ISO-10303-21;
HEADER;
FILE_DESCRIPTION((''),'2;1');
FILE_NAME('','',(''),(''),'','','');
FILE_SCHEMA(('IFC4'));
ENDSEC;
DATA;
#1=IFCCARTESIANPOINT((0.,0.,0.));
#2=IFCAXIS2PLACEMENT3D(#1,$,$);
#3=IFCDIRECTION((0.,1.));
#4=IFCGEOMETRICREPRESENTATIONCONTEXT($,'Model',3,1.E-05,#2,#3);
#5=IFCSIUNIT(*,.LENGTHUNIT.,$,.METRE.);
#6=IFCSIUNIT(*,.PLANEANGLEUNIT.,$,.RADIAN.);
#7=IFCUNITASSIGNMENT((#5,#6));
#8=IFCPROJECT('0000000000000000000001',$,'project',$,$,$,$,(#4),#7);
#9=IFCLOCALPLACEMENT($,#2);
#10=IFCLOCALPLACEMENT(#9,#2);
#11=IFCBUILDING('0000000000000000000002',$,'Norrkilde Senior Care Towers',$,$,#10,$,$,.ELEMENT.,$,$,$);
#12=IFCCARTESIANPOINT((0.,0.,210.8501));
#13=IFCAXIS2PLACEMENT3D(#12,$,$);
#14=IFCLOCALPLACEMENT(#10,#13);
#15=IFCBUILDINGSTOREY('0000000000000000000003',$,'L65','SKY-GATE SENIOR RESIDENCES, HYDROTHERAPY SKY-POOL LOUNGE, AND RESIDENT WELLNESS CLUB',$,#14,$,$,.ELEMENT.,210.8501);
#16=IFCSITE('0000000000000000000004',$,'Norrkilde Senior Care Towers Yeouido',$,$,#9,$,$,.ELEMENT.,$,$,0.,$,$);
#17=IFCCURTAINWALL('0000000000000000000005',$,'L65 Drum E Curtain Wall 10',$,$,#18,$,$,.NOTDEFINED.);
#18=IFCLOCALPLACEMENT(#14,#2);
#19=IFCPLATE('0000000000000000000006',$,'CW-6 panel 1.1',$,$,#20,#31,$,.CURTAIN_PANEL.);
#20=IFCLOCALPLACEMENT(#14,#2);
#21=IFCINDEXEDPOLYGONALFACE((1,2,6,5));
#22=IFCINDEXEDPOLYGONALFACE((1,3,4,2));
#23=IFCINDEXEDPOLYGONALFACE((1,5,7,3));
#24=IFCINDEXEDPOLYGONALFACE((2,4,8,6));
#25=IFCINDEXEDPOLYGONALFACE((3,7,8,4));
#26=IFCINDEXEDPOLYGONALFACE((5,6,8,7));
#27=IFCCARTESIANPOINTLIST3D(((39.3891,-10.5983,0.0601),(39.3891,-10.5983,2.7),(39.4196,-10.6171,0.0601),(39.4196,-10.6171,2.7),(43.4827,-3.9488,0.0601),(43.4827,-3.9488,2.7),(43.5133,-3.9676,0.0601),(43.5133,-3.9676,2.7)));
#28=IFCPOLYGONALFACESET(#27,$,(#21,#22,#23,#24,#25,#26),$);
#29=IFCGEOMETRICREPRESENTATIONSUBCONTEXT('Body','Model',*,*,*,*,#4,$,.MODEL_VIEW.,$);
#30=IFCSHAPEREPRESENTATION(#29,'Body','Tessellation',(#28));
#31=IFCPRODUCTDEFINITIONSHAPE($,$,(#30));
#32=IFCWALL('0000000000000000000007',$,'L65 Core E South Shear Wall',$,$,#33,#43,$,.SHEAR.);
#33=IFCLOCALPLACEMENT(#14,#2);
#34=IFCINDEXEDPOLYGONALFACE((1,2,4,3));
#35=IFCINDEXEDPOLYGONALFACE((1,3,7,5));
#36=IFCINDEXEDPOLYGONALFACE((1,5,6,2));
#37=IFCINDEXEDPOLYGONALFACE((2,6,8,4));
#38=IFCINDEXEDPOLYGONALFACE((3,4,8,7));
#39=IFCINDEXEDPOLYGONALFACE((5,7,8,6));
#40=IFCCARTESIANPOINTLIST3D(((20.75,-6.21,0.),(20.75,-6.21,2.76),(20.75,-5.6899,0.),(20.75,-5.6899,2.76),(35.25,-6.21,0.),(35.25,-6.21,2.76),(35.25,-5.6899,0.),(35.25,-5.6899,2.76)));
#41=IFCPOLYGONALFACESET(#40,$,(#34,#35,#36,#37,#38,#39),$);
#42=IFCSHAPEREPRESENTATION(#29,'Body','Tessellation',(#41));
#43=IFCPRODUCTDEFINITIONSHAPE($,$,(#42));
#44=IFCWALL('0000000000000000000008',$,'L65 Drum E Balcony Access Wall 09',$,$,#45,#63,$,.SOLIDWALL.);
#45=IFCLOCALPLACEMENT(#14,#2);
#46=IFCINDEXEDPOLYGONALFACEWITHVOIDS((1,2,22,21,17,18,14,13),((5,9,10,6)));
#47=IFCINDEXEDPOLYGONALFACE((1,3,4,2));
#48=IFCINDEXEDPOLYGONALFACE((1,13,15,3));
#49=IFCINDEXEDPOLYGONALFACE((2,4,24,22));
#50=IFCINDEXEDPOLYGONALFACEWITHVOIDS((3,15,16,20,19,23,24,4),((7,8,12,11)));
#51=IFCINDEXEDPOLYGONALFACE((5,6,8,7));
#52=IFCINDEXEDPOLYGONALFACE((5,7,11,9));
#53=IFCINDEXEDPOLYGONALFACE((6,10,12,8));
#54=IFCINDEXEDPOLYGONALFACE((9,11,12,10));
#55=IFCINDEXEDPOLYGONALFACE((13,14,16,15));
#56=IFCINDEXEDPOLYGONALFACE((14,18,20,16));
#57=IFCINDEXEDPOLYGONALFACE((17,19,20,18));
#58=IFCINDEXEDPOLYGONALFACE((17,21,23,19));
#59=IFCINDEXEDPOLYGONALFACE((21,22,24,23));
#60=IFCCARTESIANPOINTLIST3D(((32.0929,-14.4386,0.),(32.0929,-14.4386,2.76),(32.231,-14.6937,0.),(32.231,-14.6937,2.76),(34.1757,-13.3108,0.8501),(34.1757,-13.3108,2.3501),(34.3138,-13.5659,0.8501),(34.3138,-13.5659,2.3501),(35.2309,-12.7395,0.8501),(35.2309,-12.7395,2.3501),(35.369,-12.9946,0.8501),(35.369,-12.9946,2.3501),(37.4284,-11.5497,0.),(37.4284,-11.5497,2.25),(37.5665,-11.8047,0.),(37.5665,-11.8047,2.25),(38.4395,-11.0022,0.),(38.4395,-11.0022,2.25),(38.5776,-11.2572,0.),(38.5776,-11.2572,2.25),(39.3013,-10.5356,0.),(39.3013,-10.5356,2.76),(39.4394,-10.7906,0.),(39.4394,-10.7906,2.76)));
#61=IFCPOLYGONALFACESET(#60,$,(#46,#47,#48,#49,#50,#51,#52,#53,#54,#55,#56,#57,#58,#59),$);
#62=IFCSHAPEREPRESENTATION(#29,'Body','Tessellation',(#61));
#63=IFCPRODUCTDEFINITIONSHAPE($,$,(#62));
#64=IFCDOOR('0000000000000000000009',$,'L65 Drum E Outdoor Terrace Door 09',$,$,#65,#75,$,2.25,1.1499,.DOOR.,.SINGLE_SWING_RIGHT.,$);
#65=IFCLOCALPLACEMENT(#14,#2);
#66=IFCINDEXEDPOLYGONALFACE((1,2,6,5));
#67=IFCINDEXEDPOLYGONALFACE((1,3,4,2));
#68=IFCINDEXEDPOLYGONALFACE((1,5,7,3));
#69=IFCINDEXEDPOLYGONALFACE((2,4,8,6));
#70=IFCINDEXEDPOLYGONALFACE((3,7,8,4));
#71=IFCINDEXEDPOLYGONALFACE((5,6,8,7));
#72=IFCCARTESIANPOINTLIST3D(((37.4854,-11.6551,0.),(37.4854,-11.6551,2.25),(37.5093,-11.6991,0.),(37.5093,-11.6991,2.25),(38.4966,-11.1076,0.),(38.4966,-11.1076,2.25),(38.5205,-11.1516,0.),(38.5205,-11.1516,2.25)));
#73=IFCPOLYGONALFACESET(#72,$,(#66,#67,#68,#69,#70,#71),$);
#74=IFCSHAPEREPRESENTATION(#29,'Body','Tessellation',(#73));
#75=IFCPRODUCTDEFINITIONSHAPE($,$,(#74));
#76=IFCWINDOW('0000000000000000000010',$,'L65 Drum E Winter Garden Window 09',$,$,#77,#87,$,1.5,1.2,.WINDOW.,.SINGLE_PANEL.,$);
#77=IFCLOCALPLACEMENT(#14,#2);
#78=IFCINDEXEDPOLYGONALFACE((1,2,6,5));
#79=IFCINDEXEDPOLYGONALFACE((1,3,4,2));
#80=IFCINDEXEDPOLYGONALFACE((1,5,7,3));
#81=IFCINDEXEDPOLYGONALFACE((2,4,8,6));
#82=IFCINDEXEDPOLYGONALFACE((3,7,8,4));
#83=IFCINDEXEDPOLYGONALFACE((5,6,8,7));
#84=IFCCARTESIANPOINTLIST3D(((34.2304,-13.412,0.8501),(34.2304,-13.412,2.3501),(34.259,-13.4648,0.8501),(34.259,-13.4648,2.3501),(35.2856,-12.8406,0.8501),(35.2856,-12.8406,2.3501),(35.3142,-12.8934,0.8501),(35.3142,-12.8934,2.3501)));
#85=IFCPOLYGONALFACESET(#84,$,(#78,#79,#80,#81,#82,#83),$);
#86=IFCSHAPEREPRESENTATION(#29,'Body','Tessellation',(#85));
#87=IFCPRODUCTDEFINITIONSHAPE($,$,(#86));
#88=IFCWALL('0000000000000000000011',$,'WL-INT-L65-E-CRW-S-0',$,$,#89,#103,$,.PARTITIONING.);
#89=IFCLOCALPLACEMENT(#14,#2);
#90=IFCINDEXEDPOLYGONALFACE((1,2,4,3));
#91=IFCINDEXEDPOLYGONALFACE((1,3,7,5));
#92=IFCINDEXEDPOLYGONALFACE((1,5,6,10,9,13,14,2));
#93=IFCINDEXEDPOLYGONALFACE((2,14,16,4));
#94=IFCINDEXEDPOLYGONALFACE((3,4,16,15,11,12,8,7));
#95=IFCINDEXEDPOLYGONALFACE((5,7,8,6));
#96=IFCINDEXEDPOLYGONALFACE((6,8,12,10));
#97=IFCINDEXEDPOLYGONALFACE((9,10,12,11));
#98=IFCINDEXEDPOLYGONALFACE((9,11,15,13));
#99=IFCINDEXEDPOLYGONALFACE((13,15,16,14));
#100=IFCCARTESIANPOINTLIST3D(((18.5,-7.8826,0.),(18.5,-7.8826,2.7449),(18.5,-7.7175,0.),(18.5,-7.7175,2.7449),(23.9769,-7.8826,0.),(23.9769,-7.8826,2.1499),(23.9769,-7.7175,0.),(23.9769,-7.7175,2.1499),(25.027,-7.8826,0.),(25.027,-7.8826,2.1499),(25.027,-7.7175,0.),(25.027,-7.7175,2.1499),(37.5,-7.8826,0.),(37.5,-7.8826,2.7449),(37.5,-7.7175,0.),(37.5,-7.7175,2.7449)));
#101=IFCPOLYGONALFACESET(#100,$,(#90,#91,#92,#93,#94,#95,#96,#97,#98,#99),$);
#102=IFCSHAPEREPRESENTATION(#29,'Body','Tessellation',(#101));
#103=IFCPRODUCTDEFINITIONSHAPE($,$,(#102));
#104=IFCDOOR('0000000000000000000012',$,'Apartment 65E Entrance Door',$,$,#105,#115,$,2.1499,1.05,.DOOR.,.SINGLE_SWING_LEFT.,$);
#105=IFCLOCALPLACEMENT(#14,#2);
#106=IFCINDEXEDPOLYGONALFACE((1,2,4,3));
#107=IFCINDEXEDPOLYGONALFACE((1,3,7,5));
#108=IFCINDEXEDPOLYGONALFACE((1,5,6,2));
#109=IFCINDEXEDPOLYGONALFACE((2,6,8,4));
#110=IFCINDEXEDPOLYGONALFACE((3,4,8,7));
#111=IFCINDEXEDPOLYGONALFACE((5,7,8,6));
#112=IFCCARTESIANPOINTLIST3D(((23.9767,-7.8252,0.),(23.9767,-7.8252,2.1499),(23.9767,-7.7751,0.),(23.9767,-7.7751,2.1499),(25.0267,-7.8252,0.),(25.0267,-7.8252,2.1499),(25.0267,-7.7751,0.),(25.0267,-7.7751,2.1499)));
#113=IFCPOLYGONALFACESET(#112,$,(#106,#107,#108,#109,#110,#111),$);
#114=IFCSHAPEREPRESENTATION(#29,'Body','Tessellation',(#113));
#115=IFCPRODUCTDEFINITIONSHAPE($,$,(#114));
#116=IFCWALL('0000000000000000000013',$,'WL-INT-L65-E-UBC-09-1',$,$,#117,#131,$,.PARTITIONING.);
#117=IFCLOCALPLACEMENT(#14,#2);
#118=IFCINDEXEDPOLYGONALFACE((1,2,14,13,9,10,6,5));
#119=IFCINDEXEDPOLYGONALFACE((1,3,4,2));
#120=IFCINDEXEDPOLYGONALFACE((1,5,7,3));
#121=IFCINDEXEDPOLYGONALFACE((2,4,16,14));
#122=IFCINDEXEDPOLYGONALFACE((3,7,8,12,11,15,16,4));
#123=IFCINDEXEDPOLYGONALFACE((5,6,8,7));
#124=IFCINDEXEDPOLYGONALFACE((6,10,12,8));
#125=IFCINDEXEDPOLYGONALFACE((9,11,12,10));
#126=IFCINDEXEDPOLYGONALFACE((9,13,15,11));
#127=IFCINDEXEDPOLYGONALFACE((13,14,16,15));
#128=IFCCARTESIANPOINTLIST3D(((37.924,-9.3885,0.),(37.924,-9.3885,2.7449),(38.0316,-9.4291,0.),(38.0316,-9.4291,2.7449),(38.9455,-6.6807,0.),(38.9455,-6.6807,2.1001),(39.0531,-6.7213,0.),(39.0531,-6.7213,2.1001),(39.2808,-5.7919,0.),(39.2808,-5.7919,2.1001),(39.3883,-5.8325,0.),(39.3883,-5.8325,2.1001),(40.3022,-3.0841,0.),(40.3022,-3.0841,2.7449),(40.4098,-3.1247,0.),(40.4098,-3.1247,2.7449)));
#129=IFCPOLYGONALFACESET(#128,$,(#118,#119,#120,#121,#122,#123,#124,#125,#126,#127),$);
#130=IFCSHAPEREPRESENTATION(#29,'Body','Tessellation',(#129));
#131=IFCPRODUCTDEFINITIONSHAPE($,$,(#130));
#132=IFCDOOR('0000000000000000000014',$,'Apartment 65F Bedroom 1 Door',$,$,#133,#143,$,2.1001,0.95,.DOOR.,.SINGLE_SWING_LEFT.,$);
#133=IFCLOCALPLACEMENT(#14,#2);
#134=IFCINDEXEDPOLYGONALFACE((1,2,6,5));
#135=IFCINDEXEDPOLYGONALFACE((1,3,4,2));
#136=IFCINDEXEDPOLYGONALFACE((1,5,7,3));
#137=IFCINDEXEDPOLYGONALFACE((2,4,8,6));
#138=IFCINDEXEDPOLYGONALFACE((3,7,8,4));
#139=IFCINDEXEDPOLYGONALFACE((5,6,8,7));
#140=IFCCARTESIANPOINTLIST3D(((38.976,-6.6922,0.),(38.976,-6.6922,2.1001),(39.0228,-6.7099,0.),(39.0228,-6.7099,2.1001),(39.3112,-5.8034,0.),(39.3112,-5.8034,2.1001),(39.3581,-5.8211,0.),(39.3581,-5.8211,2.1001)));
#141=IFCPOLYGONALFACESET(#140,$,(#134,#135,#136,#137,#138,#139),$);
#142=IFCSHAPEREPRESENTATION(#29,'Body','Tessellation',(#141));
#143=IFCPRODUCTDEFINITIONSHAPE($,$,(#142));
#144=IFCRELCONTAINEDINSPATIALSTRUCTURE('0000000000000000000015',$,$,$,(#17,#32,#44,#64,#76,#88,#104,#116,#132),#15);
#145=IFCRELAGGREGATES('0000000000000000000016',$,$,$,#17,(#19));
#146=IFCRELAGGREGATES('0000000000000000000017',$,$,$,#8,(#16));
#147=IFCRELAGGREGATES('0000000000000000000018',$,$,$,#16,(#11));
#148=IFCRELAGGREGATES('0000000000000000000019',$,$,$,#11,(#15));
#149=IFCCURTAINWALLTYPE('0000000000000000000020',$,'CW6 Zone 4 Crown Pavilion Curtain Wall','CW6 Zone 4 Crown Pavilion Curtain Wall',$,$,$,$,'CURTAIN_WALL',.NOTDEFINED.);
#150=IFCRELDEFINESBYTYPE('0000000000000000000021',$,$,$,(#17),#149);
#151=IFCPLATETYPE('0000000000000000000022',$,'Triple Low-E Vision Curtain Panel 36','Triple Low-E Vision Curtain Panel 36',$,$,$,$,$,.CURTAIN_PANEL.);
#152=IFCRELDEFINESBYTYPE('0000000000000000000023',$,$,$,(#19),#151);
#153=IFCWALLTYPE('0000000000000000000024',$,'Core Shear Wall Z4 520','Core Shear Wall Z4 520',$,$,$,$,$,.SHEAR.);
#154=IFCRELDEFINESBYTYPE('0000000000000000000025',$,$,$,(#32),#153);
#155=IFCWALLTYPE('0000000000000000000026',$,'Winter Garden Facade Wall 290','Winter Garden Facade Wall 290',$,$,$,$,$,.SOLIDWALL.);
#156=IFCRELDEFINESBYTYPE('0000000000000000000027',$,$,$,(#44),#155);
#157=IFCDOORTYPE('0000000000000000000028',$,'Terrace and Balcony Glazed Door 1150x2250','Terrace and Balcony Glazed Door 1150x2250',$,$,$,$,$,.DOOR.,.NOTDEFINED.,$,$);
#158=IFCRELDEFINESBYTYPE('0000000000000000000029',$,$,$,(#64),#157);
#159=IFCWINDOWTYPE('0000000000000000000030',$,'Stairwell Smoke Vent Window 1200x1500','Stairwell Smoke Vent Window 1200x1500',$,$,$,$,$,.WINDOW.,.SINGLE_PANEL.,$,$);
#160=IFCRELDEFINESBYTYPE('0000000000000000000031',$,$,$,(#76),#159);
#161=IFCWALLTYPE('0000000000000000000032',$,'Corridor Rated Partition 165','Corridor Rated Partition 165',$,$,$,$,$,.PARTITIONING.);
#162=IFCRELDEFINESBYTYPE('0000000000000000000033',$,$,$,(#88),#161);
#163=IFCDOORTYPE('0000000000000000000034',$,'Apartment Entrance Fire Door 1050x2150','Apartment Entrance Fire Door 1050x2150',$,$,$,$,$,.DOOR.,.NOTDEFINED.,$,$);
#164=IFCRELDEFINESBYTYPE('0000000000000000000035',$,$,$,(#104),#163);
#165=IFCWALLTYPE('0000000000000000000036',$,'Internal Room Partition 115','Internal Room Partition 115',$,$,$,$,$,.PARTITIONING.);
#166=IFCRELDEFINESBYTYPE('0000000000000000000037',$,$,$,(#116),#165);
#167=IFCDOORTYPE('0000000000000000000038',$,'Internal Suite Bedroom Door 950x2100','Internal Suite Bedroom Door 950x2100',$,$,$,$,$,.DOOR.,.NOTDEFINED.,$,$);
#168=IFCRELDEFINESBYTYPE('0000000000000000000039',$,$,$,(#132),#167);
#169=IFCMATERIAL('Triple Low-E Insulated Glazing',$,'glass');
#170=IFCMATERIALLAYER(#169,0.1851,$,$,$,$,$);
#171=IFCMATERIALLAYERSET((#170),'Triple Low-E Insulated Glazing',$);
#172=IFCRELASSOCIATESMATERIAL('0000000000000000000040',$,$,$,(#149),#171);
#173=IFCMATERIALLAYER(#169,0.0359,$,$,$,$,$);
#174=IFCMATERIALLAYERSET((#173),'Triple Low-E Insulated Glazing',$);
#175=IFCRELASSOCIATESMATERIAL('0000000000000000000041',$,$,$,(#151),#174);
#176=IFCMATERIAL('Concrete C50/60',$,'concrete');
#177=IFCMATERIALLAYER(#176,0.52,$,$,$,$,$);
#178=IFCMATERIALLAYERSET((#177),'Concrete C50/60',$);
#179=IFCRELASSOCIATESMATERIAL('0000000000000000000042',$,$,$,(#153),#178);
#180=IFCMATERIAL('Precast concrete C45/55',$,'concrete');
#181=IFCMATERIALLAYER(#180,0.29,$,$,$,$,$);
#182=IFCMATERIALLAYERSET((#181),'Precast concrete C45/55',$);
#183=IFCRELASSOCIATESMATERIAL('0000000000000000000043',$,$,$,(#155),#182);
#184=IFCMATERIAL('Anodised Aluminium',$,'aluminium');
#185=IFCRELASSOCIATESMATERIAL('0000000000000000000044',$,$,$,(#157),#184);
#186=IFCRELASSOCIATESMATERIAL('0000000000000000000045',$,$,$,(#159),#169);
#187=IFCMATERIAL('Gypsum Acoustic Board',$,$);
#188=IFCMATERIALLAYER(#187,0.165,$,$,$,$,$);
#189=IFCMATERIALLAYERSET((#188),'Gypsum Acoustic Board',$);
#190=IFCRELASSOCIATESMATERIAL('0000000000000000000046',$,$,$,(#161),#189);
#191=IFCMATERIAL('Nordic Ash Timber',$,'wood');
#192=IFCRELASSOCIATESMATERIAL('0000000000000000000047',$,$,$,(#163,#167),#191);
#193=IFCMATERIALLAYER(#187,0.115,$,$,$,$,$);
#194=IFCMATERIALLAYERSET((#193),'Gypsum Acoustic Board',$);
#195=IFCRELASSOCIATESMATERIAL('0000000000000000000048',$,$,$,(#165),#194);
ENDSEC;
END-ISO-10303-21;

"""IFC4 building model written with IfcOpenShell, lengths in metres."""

from ifc_helpers import new_model, si_unit, direction, frame, frame_2d, origin, origin_2d, place, context, subcontext, project, spatial, rectangle, extrude, source, transform, mapped, material, layer, layer_set, type_object, type_shapes, element, fill, aggregate, save


model = new_model("IFC4")

# Units and contexts
model_context = context("Model", 3, precision=1e-05, world=origin(), true_north=direction((0.0, 1.0)))
body_context = subcontext(model_context, "Body", "Model", "MODEL_VIEW")
ifc_project = project(units=[si_unit("LENGTHUNIT", "METRE"), si_unit("PLANEANGLEUNIT", "RADIAN")], contexts=[model_context])

# Site, building, storey
site_placement = place(None, origin())
site = spatial("IfcSite", under=ifc_project, at=site_placement, Name="Norrkilde Senior Care Towers Yeouido", CompositionType="ELEMENT", RefElevation=0.0)
building_placement = place(site_placement, origin())
building = spatial("IfcBuilding", under=site, at=building_placement, Name="Norrkilde Senior Care Towers", CompositionType="ELEMENT")
storey_placement = place(building_placement, frame((0.0, 0.0, 210.8501)))
storey = spatial("IfcBuildingStorey", under=building, at=storey_placement, Name="L65", Description="SKY-GATE SENIOR RESIDENCES, HYDROTHERAPY SKY-POOL LOUNGE, AND RESIDENT WELLNESS CLUB", CompositionType="ELEMENT", Elevation=210.8501)

# Shared definitions
ifc_material_1 = material(Name="Concrete C50/60", Category="concrete")

# Curtain wall, plate
ifc_material_2 = material(Name="Triple Low-E Insulated Glazing", Category="glass")
ifc_layer_1 = layer(ifc_material_2, 0.1851)
ifc_layer_set_1 = layer_set([ifc_layer_1], Name="Triple Low-E Insulated Glazing")
curtain_wall_type = type_object("IfcCurtainWallType", Name="CW6 Zone 4 Crown Pavilion Curtain Wall", Description="CW6 Zone 4 Crown Pavilion Curtain Wall", ElementType="CURTAIN_WALL", PredefinedType="NOTDEFINED", material=ifc_layer_set_1)
curtain_wall_placement = place(storey_placement, origin())
curtain_wall = element("IfcCurtainWall", 1, at=curtain_wall_placement, inside=storey, type_object=curtain_wall_type, Name="L65 Drum E Curtain Wall 10", PredefinedType="NOTDEFINED")
ifc_material_3 = material(Name="Anodised Aluminium", Category="aluminium")
ifc_layer_2 = layer(ifc_material_2, 0.0359)
ifc_layer_set_2 = layer_set([ifc_layer_2], Name="Triple Low-E Insulated Glazing")
plate_type = type_object("IfcPlateType", Name="Triple Low-E Vision Curtain Panel 36", Description="Triple Low-E Vision Curtain Panel 36", PredefinedType="CURTAIN_PANEL", material=ifc_layer_set_2)
shared_shape_1 = source(origin(), body_context, "Body", "SweptSolid", [
    extrude(rectangle(XDim=7.8086, YDim=0.0359, at=origin_2d()), origin(), (0.0, 0.0, 1.0), 2.6399),
])
type_shapes(plate_type, [shared_shape_1])
plate_placement = place(storey_placement, frame((41.4512, -7.283, 0.0601), z_axis=(0.0, 0.0, 1.0), x_axis=(-0.524253, -0.851563, 0.0)))
plate = element("IfcPlate", 2, at=plate_placement, type_object=plate_type, Name="CW-6 panel 1.1", PredefinedType="CURTAIN_PANEL", context=body_context, shape_type="MappedRepresentation", body=[
    mapped(shared_shape_1, transform((0.0, 0.0, 0.0), x_axis=(1.0, 0.0, 0.0), y_axis=(0.0, 1.0, 0.0), z_axis=(0.0, 0.0, 1.0), scale=1.0)),
])
aggregate(curtain_wall, [plate])

# Wall
ifc_layer_3 = layer(ifc_material_1, 0.52)
ifc_layer_set_3 = layer_set([ifc_layer_3], Name="Concrete C50/60")
wall_type_1 = type_object("IfcWallType", Name="Core Shear Wall Z4 520", Description="Core Shear Wall Z4 520", PredefinedType="SHEAR", material=ifc_layer_set_3)
shared_shape_2 = source(origin(), body_context, "Body", "SweptSolid", [
    extrude(rectangle(XDim=14.5, YDim=0.52, at=frame_2d((7.25, 0.0))), origin(), (0.0, 0.0, 1.0), 2.76),
])
type_shapes(wall_type_1, [shared_shape_2])
wall_1_placement = place(storey_placement, frame((35.25, -5.95, 0.0), z_axis=(0.0, 0.0, 1.0), x_axis=(-1.0, 0.0, 0.0)))
element("IfcWall", 3, at=wall_1_placement, inside=storey, type_object=wall_type_1, Name="L65 Core E South Shear Wall", PredefinedType="SHEAR", context=body_context, shape_type="MappedRepresentation", body=[
    mapped(shared_shape_2, transform((0.0, 0.0, 0.0), x_axis=(1.0, 0.0, 0.0), y_axis=(0.0, 1.0, 0.0), z_axis=(0.0, 0.0, 1.0), scale=1.0)),
])

# Wall, openings, door, window
ifc_material_4 = material(Name="Precast concrete C45/55", Category="concrete")
ifc_layer_4 = layer(ifc_material_4, 0.29)
ifc_layer_set_4 = layer_set([ifc_layer_4], Name="Precast concrete C45/55")
wall_type_2 = type_object("IfcWallType", Name="Winter Garden Facade Wall 290", Description="Winter Garden Facade Wall 290", PredefinedType="SOLIDWALL", material=ifc_layer_set_4)
shared_shape_3 = source(origin(), body_context, "Body", "SweptSolid", [
    extrude(rectangle(XDim=8.1973, YDim=0.29, at=frame_2d((4.0986, 0.0))), origin(), (0.0, 0.0, 1.0), 2.76),
])
type_shapes(wall_type_2, [shared_shape_3])
wall_2_placement = place(storey_placement, frame((39.3704, -10.6631, 0.0), z_axis=(0.0, 0.0, 1.0), x_axis=(-0.87937, -0.476139, 0.0)))
wall_2 = element("IfcWall", 4, at=wall_2_placement, inside=storey, type_object=wall_type_2, Name="L65 Drum E Balcony Access Wall 09", PredefinedType="SOLIDWALL", context=body_context, shape_type="MappedRepresentation", body=[
    mapped(shared_shape_3, transform((0.0, 0.0, 0.0), x_axis=(1.0, 0.0, 0.0), y_axis=(0.0, 1.0, 0.0), z_axis=(0.0, 0.0, 1.0), scale=1.0)),
])
opening_1_placement = place(wall_2_placement, frame((0.98, 0.0, 0.0)))
opening_1 = element("IfcOpeningElement", 5, at=opening_1_placement, cuts=wall_2, PredefinedType="OPENING", context=body_context, shape_type="SweptSolid", body=[
    extrude(rectangle(XDim=1.1499, YDim=2.25, at=frame_2d((0.575, 1.125))), frame((0.0, 0.155, 0.0), z_axis=(0.0, -1.0, 0.0), x_axis=(1.0, 0.0, 0.0)), (0.0, 0.0, 1.0), 0.3101),
])
opening_2_placement = place(wall_2_placement, frame((4.6287, 0.0, 0.8501)))
opening_2 = element("IfcOpeningElement", 6, at=opening_2_placement, cuts=wall_2, PredefinedType="OPENING", context=body_context, shape_type="SweptSolid", body=[
    extrude(rectangle(XDim=1.2, YDim=1.5, at=frame_2d((0.6001, 0.75))), frame((0.0, 0.155, 0.0), z_axis=(0.0, -1.0, 0.0), x_axis=(1.0, 0.0, 0.0)), (0.0, 0.0, 1.0), 0.3101),
])
door_type_1 = type_object("IfcDoorType", Name="Terrace and Balcony Glazed Door 1150x2250", Description="Terrace and Balcony Glazed Door 1150x2250", OperationType="NOTDEFINED", PredefinedType="DOOR", material=ifc_material_3)
shared_shape_4 = source(origin(), body_context, "Body", "SweptSolid", [
    extrude(rectangle(XDim=1.1499, YDim=2.25, at=frame_2d((0.575, 1.125))), frame((0.0, 0.0249, 0.0), z_axis=(0.0, -1.0, 0.0), x_axis=(1.0, 0.0, 0.0)), (0.0, 0.0, 1.0), 0.05),
])
type_shapes(door_type_1, [shared_shape_4])
door_1_placement = place(opening_1_placement, origin())
door_1 = element("IfcDoor", 7, at=door_1_placement, inside=storey, type_object=door_type_1, Name="L65 Drum E Outdoor Terrace Door 09", OperationType="SINGLE_SWING_RIGHT", OverallHeight=2.25, OverallWidth=1.1499, PredefinedType="DOOR", context=body_context, shape_type="MappedRepresentation", body=[
    mapped(shared_shape_4, transform((0.0, 0.0, 0.0), x_axis=(1.0, 0.0, 0.0), y_axis=(0.0, 1.0, 0.0), z_axis=(0.0, 0.0, 1.0), scale=1.0)),
])
fill(opening_1, door_1)
window_type = type_object("IfcWindowType", Name="Stairwell Smoke Vent Window 1200x1500", Description="Stairwell Smoke Vent Window 1200x1500", PartitioningType="SINGLE_PANEL", PredefinedType="WINDOW", material=ifc_material_2)
shared_shape_5 = source(origin(), body_context, "Body", "SweptSolid", [
    extrude(rectangle(XDim=1.2, YDim=1.5, at=frame_2d((0.6001, 0.75))), frame((0.0, 0.03, 0.0), z_axis=(0.0, -1.0, 0.0), x_axis=(1.0, 0.0, 0.0)), (0.0, 0.0, 1.0), 0.0601),
])
type_shapes(window_type, [shared_shape_5])
window_placement = place(opening_2_placement, origin())
window = element("IfcWindow", 8, at=window_placement, inside=storey, type_object=window_type, Name="L65 Drum E Winter Garden Window 09", OverallHeight=1.5, OverallWidth=1.2, PartitioningType="SINGLE_PANEL", PredefinedType="WINDOW", context=body_context, shape_type="MappedRepresentation", body=[
    mapped(shared_shape_5, transform((0.0, 0.0, 0.0), x_axis=(1.0, 0.0, 0.0), y_axis=(0.0, 1.0, 0.0), z_axis=(0.0, 0.0, 1.0), scale=1.0)),
])
fill(opening_2, window)

# Walls, openings, doors
ifc_material_5 = material(Name="Gypsum Acoustic Board")
ifc_layer_5 = layer(ifc_material_5, 0.165)
ifc_layer_set_5 = layer_set([ifc_layer_5], Name="Gypsum Acoustic Board")
wall_type_3 = type_object("IfcWallType", Name="Corridor Rated Partition 165", Description="Corridor Rated Partition 165", PredefinedType="PARTITIONING", material=ifc_layer_set_5)
shared_shape_6 = source(origin(), body_context, "Body", "SweptSolid", [
    extrude(rectangle(XDim=19.0, YDim=0.165, at=frame_2d((9.5, 0.0))), origin(), (0.0, 0.0, 1.0), 2.7449),
])
type_shapes(wall_type_3, [shared_shape_6])
wall_3_placement = place(storey_placement, frame((37.5, -7.8, 0.0), z_axis=(0.0, 0.0, 1.0), x_axis=(-1.0, 0.0, 0.0)))
wall_3 = element("IfcWall", 9, at=wall_3_placement, inside=storey, type_object=wall_type_3, Name="WL-INT-L65-E-CRW-S-0", PredefinedType="PARTITIONING", context=body_context, shape_type="MappedRepresentation", body=[
    mapped(shared_shape_6, transform((0.0, 0.0, 0.0), x_axis=(1.0, 0.0, 0.0), y_axis=(0.0, 1.0, 0.0), z_axis=(0.0, 0.0, 1.0), scale=1.0)),
])
opening_3_placement = place(wall_3_placement, frame((12.4731, 0.0, 0.0)))
opening_3 = element("IfcOpeningElement", 10, at=opening_3_placement, cuts=wall_3, PredefinedType="OPENING", context=body_context, shape_type="SweptSolid", body=[
    extrude(rectangle(XDim=1.05, YDim=2.1499, at=frame_2d((0.5249, 1.075))), frame((0.0, 0.0925, 0.0), z_axis=(0.0, -1.0, 0.0), x_axis=(1.0, 0.0, 0.0)), (0.0, 0.0, 1.0), 0.1851),
])
ifc_material_6 = material(Name="Nordic Ash Timber", Category="wood")
door_type_2 = type_object("IfcDoorType", Name="Apartment Entrance Fire Door 1050x2150", Description="Apartment Entrance Fire Door 1050x2150", OperationType="NOTDEFINED", PredefinedType="DOOR", material=ifc_material_6)
shared_shape_7 = source(origin(), body_context, "Body", "SweptSolid", [
    extrude(rectangle(XDim=1.05, YDim=2.1499, at=frame_2d((0.5249, 1.075))), frame((0.0, 0.0249, 0.0), z_axis=(0.0, -1.0, 0.0), x_axis=(1.0, 0.0, 0.0)), (0.0, 0.0, 1.0), 0.05),
])
type_shapes(door_type_2, [shared_shape_7])
door_2_placement = place(opening_3_placement, frame((1.05, 0.0, 0.0), z_axis=(0.0, 0.0, 1.0), x_axis=(-1.0, 0.0, 0.0)))
door_2 = element("IfcDoor", 11, at=door_2_placement, inside=storey, type_object=door_type_2, Name="Apartment 65E Entrance Door", OperationType="SINGLE_SWING_LEFT", OverallHeight=2.1499, OverallWidth=1.05, PredefinedType="DOOR", context=body_context, shape_type="MappedRepresentation", body=[
    mapped(shared_shape_7, transform((0.0, 0.0, 0.0), x_axis=(1.0, 0.0, 0.0), y_axis=(0.0, 1.0, 0.0), z_axis=(0.0, 0.0, 1.0), scale=1.0)),
])
fill(opening_3, door_2)
ifc_layer_6 = layer(ifc_material_5, 0.115)
ifc_layer_set_6 = layer_set([ifc_layer_6], Name="Gypsum Acoustic Board")
wall_type_4 = type_object("IfcWallType", Name="Internal Room Partition 115", Description="Internal Room Partition 115", PredefinedType="PARTITIONING", material=ifc_layer_set_6)
shared_shape_8 = source(origin(), body_context, "Body", "SweptSolid", [
    extrude(rectangle(XDim=6.738, YDim=0.115, at=frame_2d((3.3691, 0.0))), origin(), (0.0, 0.0, 1.0), 2.7449),
])
wall_4_placement = place(storey_placement, frame((37.9778, -9.4089, 0.0), z_axis=(0.0, 0.0, 1.0), x_axis=(0.352945, 0.935644, 0.0)))
wall_4 = element("IfcWall", 12, at=wall_4_placement, inside=storey, type_object=wall_type_4, Name="WL-INT-L65-E-UBC-09-1", PredefinedType="PARTITIONING", context=body_context, shape_type="MappedRepresentation", body=[
    mapped(shared_shape_8, transform((0.0, 0.0, 0.0), x_axis=(1.0, 0.0, 0.0), y_axis=(0.0, 1.0, 0.0), z_axis=(0.0, 0.0, 1.0), scale=1.0)),
])
opening_4_placement = place(wall_4_placement, frame((2.894, 0.0, 0.0)))
opening_4 = element("IfcOpeningElement", 13, at=opening_4_placement, cuts=wall_4, PredefinedType="OPENING", context=body_context, shape_type="SweptSolid", body=[
    extrude(rectangle(XDim=0.95, YDim=2.1001, at=frame_2d((0.4751, 1.05))), frame((0.0, 0.0674, 0.0), z_axis=(0.0, -1.0, 0.0), x_axis=(1.0, 0.0, 0.0)), (0.0, 0.0, 1.0), 0.135),
])
door_type_3 = type_object("IfcDoorType", Name="Internal Suite Bedroom Door 950x2100", Description="Internal Suite Bedroom Door 950x2100", OperationType="NOTDEFINED", PredefinedType="DOOR", material=ifc_material_6)
shared_shape_9 = source(origin(), body_context, "Body", "SweptSolid", [
    extrude(rectangle(XDim=0.95, YDim=2.1001, at=frame_2d((0.4751, 1.05))), frame((0.0, 0.0249, 0.0), z_axis=(0.0, -1.0, 0.0), x_axis=(1.0, 0.0, 0.0)), (0.0, 0.0, 1.0), 0.05),
])
type_shapes(door_type_3, [shared_shape_9])
door_3_placement = place(opening_4_placement, origin())
door_3 = element("IfcDoor", 14, at=door_3_placement, inside=storey, type_object=door_type_3, Name="Apartment 65F Bedroom 1 Door", OperationType="SINGLE_SWING_LEFT", OverallHeight=2.1001, OverallWidth=0.95, PredefinedType="DOOR", context=body_context, shape_type="MappedRepresentation", body=[
    mapped(shared_shape_9, transform((0.0, 0.0, 0.0), x_axis=(1.0, 0.0, 0.0), y_axis=(0.0, 1.0, 0.0), z_axis=(0.0, 0.0, 1.0), scale=1.0)),
])
fill(opening_4, door_3)

save(model, "model.ifc")
